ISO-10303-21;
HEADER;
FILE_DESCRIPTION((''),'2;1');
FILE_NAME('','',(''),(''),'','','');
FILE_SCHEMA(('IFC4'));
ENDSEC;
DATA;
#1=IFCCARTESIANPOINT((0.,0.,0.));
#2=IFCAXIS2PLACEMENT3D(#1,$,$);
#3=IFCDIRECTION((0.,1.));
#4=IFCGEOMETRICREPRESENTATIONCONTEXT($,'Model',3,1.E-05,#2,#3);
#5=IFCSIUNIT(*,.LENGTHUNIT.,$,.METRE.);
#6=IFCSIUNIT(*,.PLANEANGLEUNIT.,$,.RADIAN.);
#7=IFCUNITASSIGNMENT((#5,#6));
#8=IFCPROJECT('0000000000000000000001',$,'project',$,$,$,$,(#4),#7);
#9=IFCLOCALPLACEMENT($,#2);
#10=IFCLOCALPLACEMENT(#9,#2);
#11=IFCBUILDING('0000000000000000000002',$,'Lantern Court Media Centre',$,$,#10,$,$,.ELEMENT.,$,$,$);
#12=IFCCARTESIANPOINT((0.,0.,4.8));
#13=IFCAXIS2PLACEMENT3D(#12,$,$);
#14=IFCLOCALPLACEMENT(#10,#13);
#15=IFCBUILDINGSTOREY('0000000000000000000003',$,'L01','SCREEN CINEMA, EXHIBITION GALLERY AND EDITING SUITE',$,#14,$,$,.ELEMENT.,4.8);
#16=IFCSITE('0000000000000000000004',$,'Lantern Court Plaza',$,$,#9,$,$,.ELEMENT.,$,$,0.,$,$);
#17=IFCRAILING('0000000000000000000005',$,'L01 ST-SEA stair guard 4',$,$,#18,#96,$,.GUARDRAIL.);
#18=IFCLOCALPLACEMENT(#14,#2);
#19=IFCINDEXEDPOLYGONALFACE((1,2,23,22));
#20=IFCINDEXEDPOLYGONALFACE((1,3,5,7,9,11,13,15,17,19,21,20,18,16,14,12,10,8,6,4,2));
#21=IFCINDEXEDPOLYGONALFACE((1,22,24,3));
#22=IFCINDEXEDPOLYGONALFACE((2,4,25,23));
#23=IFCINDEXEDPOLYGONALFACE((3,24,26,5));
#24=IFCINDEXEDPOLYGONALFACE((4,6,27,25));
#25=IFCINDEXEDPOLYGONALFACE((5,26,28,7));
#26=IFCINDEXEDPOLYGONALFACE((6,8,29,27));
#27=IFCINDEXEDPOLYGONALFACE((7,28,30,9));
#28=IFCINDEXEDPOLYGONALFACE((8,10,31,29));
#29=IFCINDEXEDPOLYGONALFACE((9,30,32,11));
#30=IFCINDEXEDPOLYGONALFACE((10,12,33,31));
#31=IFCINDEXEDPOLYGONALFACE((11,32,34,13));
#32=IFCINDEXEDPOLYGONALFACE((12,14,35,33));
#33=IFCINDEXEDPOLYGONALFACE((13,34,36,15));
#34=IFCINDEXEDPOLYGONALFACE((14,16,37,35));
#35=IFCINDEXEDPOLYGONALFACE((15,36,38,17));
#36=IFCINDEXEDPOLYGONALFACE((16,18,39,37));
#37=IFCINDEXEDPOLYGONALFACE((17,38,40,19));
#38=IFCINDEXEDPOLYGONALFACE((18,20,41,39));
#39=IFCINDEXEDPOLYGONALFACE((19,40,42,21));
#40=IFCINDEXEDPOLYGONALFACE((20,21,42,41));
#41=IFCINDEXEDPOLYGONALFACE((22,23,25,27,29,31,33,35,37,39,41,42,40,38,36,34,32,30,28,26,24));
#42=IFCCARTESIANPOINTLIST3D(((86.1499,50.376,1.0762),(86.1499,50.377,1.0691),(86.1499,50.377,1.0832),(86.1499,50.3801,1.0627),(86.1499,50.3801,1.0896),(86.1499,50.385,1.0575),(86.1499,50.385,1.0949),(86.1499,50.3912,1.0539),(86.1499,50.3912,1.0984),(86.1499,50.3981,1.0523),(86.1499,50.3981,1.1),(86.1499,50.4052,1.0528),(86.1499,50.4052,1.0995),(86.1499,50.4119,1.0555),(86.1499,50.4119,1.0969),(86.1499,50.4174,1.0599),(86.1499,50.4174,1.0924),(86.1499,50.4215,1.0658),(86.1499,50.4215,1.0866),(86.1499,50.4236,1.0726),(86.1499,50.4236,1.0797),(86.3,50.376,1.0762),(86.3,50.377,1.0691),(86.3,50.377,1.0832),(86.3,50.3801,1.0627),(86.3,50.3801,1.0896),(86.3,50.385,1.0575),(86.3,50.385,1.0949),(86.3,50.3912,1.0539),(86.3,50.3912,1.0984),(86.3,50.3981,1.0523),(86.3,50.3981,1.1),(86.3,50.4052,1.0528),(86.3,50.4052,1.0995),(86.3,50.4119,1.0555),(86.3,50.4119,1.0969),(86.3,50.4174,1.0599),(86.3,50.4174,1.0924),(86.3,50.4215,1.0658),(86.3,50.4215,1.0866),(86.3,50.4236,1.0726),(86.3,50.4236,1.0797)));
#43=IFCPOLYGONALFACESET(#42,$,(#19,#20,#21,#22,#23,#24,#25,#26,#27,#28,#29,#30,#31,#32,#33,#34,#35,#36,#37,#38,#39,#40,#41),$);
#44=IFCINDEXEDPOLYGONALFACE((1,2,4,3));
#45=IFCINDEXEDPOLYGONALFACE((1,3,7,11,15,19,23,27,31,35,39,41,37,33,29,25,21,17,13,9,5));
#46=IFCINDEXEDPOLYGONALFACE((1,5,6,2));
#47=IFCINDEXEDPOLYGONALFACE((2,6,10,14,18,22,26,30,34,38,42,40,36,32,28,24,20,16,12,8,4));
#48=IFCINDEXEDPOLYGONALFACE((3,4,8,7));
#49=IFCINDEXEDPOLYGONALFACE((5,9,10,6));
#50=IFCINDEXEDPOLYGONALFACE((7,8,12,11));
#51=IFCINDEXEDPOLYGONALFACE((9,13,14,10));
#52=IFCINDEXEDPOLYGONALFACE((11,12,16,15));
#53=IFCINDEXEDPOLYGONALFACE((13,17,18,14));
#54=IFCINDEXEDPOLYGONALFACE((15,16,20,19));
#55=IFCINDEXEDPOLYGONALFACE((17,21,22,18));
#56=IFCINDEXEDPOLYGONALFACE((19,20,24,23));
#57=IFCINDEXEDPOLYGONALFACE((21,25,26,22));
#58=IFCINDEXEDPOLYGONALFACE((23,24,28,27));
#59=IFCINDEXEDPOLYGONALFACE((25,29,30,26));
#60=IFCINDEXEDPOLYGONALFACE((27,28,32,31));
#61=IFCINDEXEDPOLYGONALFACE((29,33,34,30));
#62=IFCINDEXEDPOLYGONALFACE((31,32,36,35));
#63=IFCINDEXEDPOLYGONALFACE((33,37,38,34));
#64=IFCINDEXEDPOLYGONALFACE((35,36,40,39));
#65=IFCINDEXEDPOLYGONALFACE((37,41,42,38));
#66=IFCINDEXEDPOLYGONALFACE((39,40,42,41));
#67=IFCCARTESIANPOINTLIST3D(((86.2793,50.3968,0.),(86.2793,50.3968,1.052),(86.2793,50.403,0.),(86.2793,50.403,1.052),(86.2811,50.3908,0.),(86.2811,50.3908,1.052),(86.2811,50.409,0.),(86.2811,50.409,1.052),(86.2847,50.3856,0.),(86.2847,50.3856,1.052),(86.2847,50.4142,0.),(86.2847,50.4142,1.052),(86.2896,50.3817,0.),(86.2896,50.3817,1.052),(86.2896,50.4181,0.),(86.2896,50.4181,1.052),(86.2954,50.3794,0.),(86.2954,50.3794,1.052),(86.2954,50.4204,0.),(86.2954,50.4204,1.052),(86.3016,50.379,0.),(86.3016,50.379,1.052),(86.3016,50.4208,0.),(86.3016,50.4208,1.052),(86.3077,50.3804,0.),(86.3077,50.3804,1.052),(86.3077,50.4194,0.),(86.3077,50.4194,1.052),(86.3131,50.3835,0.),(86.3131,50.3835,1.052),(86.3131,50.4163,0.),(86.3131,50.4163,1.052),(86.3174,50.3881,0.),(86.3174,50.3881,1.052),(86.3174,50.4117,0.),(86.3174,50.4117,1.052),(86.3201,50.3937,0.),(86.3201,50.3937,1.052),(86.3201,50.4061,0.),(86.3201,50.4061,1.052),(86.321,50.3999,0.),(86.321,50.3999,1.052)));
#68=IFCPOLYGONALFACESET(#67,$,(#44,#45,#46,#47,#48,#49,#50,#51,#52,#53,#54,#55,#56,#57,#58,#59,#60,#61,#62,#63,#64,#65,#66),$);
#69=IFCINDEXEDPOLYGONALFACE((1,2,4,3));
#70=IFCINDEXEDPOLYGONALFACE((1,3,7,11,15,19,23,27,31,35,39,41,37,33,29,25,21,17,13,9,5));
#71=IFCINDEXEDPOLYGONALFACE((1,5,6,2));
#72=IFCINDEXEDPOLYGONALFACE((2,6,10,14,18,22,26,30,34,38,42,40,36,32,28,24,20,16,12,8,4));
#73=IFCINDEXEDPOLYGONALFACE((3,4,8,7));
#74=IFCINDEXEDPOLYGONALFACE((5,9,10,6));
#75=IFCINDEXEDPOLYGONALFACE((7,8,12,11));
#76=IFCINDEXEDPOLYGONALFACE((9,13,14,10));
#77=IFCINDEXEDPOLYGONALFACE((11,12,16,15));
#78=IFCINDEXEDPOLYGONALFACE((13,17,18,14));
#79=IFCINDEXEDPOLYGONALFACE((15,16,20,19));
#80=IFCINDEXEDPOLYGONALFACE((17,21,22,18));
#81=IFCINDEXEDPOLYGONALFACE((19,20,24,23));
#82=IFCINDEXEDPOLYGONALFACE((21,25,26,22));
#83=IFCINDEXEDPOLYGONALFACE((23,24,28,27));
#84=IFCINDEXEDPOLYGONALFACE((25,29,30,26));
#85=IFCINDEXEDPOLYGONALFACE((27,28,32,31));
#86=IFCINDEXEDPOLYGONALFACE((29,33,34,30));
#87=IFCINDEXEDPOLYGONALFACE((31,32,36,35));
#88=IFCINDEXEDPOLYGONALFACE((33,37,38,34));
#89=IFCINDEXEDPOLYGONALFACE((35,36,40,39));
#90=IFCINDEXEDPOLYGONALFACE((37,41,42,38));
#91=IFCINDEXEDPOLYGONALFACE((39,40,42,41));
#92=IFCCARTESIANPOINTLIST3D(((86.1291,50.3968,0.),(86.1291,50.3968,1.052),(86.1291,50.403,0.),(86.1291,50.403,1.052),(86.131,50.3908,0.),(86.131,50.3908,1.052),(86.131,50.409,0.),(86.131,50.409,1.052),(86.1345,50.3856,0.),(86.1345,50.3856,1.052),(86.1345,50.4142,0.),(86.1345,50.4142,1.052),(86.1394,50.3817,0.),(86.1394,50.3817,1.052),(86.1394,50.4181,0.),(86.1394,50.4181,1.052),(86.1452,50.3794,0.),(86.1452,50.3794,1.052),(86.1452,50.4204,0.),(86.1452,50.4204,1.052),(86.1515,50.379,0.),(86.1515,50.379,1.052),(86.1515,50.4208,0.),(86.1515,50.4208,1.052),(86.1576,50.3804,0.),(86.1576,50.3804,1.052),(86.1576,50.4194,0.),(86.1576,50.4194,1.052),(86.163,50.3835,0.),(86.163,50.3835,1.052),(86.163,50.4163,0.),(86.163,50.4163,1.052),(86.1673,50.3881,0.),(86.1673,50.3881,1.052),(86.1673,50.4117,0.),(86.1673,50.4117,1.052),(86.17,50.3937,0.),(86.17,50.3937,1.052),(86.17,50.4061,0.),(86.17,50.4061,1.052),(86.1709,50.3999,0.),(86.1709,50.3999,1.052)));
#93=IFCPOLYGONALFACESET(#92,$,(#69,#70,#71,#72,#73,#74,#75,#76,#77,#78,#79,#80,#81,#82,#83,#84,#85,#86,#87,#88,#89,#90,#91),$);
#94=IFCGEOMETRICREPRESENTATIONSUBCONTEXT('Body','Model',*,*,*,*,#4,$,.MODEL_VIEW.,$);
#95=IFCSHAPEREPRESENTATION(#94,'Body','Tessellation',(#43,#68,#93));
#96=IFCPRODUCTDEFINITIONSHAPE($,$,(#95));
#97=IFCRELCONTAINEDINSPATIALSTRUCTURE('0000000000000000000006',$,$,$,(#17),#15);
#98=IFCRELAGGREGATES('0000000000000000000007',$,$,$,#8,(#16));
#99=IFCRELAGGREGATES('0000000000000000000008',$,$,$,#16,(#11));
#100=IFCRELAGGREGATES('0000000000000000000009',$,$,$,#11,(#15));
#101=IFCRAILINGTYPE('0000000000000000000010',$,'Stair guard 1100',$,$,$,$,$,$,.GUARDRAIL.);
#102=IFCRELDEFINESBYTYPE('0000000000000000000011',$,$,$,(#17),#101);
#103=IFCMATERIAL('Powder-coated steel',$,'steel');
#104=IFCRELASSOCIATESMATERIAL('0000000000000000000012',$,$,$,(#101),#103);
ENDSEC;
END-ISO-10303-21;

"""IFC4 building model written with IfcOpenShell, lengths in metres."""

from ifc_helpers import new_model, si_unit, direction, frame, origin, origin_2d, place, context, subcontext, project, spatial, circle, extrude, material, type_object, element, save


model = new_model("IFC4")

# Units and contexts
model_context = context("Model", 3, precision=1e-05, world=origin(), true_north=direction((0.0, 1.0)))
body_context = subcontext(model_context, "Body", "Model", "MODEL_VIEW")
ifc_project = project(units=[si_unit("LENGTHUNIT", "METRE"), si_unit("PLANEANGLEUNIT", "RADIAN")], contexts=[model_context])

# Site, building, storey
site_placement = place(None, origin())
site = spatial("IfcSite", under=ifc_project, at=site_placement, Name="Lantern Court Plaza", CompositionType="ELEMENT", RefElevation=0.0)
building_placement = place(site_placement, origin())
building = spatial("IfcBuilding", under=site, at=building_placement, Name="Lantern Court Media Centre", CompositionType="ELEMENT")
storey_placement = place(building_placement, frame((0.0, 0.0, 4.8)))
storey = spatial("IfcBuildingStorey", under=building, at=storey_placement, Name="L01", Description="SCREEN CINEMA, EXHIBITION GALLERY AND EDITING SUITE", CompositionType="ELEMENT", Elevation=4.8)

# Railing
ifc_material_1 = material(Name="Powder-coated steel", Category="steel")
railing_type_1 = type_object("IfcRailingType", Name="Stair guard 1100", PredefinedType="GUARDRAIL", material=ifc_material_1)
railing_1_placement = place(storey_placement, frame((86.3, 50.3999, 0.0)))
element("IfcRailing", 1, at=railing_1_placement, inside=storey, type_object=railing_type_1, Name="L01 ST-SEA stair guard 4", PredefinedType="GUARDRAIL", context=body_context, shape_type="SweptSolid", body=[
    extrude(circle(Radius=0.0239, at=origin_2d()), frame((0.0, 0.0, 1.0762), z_axis=(-1.0, 0.0, 0.0), x_axis=(0.0, -1.0, 0.0)), (0.0, 0.0, 1.0), 0.1501),
    extrude(circle(Radius=0.021, at=origin_2d()), origin(), (0.0, 0.0, 1.0), 1.052),
    extrude(circle(Radius=0.021, at=origin_2d()), frame((-0.1501, 0.0, 0.0)), (0.0, 0.0, 1.0), 1.052),
])

save(model, "model.ifc")
